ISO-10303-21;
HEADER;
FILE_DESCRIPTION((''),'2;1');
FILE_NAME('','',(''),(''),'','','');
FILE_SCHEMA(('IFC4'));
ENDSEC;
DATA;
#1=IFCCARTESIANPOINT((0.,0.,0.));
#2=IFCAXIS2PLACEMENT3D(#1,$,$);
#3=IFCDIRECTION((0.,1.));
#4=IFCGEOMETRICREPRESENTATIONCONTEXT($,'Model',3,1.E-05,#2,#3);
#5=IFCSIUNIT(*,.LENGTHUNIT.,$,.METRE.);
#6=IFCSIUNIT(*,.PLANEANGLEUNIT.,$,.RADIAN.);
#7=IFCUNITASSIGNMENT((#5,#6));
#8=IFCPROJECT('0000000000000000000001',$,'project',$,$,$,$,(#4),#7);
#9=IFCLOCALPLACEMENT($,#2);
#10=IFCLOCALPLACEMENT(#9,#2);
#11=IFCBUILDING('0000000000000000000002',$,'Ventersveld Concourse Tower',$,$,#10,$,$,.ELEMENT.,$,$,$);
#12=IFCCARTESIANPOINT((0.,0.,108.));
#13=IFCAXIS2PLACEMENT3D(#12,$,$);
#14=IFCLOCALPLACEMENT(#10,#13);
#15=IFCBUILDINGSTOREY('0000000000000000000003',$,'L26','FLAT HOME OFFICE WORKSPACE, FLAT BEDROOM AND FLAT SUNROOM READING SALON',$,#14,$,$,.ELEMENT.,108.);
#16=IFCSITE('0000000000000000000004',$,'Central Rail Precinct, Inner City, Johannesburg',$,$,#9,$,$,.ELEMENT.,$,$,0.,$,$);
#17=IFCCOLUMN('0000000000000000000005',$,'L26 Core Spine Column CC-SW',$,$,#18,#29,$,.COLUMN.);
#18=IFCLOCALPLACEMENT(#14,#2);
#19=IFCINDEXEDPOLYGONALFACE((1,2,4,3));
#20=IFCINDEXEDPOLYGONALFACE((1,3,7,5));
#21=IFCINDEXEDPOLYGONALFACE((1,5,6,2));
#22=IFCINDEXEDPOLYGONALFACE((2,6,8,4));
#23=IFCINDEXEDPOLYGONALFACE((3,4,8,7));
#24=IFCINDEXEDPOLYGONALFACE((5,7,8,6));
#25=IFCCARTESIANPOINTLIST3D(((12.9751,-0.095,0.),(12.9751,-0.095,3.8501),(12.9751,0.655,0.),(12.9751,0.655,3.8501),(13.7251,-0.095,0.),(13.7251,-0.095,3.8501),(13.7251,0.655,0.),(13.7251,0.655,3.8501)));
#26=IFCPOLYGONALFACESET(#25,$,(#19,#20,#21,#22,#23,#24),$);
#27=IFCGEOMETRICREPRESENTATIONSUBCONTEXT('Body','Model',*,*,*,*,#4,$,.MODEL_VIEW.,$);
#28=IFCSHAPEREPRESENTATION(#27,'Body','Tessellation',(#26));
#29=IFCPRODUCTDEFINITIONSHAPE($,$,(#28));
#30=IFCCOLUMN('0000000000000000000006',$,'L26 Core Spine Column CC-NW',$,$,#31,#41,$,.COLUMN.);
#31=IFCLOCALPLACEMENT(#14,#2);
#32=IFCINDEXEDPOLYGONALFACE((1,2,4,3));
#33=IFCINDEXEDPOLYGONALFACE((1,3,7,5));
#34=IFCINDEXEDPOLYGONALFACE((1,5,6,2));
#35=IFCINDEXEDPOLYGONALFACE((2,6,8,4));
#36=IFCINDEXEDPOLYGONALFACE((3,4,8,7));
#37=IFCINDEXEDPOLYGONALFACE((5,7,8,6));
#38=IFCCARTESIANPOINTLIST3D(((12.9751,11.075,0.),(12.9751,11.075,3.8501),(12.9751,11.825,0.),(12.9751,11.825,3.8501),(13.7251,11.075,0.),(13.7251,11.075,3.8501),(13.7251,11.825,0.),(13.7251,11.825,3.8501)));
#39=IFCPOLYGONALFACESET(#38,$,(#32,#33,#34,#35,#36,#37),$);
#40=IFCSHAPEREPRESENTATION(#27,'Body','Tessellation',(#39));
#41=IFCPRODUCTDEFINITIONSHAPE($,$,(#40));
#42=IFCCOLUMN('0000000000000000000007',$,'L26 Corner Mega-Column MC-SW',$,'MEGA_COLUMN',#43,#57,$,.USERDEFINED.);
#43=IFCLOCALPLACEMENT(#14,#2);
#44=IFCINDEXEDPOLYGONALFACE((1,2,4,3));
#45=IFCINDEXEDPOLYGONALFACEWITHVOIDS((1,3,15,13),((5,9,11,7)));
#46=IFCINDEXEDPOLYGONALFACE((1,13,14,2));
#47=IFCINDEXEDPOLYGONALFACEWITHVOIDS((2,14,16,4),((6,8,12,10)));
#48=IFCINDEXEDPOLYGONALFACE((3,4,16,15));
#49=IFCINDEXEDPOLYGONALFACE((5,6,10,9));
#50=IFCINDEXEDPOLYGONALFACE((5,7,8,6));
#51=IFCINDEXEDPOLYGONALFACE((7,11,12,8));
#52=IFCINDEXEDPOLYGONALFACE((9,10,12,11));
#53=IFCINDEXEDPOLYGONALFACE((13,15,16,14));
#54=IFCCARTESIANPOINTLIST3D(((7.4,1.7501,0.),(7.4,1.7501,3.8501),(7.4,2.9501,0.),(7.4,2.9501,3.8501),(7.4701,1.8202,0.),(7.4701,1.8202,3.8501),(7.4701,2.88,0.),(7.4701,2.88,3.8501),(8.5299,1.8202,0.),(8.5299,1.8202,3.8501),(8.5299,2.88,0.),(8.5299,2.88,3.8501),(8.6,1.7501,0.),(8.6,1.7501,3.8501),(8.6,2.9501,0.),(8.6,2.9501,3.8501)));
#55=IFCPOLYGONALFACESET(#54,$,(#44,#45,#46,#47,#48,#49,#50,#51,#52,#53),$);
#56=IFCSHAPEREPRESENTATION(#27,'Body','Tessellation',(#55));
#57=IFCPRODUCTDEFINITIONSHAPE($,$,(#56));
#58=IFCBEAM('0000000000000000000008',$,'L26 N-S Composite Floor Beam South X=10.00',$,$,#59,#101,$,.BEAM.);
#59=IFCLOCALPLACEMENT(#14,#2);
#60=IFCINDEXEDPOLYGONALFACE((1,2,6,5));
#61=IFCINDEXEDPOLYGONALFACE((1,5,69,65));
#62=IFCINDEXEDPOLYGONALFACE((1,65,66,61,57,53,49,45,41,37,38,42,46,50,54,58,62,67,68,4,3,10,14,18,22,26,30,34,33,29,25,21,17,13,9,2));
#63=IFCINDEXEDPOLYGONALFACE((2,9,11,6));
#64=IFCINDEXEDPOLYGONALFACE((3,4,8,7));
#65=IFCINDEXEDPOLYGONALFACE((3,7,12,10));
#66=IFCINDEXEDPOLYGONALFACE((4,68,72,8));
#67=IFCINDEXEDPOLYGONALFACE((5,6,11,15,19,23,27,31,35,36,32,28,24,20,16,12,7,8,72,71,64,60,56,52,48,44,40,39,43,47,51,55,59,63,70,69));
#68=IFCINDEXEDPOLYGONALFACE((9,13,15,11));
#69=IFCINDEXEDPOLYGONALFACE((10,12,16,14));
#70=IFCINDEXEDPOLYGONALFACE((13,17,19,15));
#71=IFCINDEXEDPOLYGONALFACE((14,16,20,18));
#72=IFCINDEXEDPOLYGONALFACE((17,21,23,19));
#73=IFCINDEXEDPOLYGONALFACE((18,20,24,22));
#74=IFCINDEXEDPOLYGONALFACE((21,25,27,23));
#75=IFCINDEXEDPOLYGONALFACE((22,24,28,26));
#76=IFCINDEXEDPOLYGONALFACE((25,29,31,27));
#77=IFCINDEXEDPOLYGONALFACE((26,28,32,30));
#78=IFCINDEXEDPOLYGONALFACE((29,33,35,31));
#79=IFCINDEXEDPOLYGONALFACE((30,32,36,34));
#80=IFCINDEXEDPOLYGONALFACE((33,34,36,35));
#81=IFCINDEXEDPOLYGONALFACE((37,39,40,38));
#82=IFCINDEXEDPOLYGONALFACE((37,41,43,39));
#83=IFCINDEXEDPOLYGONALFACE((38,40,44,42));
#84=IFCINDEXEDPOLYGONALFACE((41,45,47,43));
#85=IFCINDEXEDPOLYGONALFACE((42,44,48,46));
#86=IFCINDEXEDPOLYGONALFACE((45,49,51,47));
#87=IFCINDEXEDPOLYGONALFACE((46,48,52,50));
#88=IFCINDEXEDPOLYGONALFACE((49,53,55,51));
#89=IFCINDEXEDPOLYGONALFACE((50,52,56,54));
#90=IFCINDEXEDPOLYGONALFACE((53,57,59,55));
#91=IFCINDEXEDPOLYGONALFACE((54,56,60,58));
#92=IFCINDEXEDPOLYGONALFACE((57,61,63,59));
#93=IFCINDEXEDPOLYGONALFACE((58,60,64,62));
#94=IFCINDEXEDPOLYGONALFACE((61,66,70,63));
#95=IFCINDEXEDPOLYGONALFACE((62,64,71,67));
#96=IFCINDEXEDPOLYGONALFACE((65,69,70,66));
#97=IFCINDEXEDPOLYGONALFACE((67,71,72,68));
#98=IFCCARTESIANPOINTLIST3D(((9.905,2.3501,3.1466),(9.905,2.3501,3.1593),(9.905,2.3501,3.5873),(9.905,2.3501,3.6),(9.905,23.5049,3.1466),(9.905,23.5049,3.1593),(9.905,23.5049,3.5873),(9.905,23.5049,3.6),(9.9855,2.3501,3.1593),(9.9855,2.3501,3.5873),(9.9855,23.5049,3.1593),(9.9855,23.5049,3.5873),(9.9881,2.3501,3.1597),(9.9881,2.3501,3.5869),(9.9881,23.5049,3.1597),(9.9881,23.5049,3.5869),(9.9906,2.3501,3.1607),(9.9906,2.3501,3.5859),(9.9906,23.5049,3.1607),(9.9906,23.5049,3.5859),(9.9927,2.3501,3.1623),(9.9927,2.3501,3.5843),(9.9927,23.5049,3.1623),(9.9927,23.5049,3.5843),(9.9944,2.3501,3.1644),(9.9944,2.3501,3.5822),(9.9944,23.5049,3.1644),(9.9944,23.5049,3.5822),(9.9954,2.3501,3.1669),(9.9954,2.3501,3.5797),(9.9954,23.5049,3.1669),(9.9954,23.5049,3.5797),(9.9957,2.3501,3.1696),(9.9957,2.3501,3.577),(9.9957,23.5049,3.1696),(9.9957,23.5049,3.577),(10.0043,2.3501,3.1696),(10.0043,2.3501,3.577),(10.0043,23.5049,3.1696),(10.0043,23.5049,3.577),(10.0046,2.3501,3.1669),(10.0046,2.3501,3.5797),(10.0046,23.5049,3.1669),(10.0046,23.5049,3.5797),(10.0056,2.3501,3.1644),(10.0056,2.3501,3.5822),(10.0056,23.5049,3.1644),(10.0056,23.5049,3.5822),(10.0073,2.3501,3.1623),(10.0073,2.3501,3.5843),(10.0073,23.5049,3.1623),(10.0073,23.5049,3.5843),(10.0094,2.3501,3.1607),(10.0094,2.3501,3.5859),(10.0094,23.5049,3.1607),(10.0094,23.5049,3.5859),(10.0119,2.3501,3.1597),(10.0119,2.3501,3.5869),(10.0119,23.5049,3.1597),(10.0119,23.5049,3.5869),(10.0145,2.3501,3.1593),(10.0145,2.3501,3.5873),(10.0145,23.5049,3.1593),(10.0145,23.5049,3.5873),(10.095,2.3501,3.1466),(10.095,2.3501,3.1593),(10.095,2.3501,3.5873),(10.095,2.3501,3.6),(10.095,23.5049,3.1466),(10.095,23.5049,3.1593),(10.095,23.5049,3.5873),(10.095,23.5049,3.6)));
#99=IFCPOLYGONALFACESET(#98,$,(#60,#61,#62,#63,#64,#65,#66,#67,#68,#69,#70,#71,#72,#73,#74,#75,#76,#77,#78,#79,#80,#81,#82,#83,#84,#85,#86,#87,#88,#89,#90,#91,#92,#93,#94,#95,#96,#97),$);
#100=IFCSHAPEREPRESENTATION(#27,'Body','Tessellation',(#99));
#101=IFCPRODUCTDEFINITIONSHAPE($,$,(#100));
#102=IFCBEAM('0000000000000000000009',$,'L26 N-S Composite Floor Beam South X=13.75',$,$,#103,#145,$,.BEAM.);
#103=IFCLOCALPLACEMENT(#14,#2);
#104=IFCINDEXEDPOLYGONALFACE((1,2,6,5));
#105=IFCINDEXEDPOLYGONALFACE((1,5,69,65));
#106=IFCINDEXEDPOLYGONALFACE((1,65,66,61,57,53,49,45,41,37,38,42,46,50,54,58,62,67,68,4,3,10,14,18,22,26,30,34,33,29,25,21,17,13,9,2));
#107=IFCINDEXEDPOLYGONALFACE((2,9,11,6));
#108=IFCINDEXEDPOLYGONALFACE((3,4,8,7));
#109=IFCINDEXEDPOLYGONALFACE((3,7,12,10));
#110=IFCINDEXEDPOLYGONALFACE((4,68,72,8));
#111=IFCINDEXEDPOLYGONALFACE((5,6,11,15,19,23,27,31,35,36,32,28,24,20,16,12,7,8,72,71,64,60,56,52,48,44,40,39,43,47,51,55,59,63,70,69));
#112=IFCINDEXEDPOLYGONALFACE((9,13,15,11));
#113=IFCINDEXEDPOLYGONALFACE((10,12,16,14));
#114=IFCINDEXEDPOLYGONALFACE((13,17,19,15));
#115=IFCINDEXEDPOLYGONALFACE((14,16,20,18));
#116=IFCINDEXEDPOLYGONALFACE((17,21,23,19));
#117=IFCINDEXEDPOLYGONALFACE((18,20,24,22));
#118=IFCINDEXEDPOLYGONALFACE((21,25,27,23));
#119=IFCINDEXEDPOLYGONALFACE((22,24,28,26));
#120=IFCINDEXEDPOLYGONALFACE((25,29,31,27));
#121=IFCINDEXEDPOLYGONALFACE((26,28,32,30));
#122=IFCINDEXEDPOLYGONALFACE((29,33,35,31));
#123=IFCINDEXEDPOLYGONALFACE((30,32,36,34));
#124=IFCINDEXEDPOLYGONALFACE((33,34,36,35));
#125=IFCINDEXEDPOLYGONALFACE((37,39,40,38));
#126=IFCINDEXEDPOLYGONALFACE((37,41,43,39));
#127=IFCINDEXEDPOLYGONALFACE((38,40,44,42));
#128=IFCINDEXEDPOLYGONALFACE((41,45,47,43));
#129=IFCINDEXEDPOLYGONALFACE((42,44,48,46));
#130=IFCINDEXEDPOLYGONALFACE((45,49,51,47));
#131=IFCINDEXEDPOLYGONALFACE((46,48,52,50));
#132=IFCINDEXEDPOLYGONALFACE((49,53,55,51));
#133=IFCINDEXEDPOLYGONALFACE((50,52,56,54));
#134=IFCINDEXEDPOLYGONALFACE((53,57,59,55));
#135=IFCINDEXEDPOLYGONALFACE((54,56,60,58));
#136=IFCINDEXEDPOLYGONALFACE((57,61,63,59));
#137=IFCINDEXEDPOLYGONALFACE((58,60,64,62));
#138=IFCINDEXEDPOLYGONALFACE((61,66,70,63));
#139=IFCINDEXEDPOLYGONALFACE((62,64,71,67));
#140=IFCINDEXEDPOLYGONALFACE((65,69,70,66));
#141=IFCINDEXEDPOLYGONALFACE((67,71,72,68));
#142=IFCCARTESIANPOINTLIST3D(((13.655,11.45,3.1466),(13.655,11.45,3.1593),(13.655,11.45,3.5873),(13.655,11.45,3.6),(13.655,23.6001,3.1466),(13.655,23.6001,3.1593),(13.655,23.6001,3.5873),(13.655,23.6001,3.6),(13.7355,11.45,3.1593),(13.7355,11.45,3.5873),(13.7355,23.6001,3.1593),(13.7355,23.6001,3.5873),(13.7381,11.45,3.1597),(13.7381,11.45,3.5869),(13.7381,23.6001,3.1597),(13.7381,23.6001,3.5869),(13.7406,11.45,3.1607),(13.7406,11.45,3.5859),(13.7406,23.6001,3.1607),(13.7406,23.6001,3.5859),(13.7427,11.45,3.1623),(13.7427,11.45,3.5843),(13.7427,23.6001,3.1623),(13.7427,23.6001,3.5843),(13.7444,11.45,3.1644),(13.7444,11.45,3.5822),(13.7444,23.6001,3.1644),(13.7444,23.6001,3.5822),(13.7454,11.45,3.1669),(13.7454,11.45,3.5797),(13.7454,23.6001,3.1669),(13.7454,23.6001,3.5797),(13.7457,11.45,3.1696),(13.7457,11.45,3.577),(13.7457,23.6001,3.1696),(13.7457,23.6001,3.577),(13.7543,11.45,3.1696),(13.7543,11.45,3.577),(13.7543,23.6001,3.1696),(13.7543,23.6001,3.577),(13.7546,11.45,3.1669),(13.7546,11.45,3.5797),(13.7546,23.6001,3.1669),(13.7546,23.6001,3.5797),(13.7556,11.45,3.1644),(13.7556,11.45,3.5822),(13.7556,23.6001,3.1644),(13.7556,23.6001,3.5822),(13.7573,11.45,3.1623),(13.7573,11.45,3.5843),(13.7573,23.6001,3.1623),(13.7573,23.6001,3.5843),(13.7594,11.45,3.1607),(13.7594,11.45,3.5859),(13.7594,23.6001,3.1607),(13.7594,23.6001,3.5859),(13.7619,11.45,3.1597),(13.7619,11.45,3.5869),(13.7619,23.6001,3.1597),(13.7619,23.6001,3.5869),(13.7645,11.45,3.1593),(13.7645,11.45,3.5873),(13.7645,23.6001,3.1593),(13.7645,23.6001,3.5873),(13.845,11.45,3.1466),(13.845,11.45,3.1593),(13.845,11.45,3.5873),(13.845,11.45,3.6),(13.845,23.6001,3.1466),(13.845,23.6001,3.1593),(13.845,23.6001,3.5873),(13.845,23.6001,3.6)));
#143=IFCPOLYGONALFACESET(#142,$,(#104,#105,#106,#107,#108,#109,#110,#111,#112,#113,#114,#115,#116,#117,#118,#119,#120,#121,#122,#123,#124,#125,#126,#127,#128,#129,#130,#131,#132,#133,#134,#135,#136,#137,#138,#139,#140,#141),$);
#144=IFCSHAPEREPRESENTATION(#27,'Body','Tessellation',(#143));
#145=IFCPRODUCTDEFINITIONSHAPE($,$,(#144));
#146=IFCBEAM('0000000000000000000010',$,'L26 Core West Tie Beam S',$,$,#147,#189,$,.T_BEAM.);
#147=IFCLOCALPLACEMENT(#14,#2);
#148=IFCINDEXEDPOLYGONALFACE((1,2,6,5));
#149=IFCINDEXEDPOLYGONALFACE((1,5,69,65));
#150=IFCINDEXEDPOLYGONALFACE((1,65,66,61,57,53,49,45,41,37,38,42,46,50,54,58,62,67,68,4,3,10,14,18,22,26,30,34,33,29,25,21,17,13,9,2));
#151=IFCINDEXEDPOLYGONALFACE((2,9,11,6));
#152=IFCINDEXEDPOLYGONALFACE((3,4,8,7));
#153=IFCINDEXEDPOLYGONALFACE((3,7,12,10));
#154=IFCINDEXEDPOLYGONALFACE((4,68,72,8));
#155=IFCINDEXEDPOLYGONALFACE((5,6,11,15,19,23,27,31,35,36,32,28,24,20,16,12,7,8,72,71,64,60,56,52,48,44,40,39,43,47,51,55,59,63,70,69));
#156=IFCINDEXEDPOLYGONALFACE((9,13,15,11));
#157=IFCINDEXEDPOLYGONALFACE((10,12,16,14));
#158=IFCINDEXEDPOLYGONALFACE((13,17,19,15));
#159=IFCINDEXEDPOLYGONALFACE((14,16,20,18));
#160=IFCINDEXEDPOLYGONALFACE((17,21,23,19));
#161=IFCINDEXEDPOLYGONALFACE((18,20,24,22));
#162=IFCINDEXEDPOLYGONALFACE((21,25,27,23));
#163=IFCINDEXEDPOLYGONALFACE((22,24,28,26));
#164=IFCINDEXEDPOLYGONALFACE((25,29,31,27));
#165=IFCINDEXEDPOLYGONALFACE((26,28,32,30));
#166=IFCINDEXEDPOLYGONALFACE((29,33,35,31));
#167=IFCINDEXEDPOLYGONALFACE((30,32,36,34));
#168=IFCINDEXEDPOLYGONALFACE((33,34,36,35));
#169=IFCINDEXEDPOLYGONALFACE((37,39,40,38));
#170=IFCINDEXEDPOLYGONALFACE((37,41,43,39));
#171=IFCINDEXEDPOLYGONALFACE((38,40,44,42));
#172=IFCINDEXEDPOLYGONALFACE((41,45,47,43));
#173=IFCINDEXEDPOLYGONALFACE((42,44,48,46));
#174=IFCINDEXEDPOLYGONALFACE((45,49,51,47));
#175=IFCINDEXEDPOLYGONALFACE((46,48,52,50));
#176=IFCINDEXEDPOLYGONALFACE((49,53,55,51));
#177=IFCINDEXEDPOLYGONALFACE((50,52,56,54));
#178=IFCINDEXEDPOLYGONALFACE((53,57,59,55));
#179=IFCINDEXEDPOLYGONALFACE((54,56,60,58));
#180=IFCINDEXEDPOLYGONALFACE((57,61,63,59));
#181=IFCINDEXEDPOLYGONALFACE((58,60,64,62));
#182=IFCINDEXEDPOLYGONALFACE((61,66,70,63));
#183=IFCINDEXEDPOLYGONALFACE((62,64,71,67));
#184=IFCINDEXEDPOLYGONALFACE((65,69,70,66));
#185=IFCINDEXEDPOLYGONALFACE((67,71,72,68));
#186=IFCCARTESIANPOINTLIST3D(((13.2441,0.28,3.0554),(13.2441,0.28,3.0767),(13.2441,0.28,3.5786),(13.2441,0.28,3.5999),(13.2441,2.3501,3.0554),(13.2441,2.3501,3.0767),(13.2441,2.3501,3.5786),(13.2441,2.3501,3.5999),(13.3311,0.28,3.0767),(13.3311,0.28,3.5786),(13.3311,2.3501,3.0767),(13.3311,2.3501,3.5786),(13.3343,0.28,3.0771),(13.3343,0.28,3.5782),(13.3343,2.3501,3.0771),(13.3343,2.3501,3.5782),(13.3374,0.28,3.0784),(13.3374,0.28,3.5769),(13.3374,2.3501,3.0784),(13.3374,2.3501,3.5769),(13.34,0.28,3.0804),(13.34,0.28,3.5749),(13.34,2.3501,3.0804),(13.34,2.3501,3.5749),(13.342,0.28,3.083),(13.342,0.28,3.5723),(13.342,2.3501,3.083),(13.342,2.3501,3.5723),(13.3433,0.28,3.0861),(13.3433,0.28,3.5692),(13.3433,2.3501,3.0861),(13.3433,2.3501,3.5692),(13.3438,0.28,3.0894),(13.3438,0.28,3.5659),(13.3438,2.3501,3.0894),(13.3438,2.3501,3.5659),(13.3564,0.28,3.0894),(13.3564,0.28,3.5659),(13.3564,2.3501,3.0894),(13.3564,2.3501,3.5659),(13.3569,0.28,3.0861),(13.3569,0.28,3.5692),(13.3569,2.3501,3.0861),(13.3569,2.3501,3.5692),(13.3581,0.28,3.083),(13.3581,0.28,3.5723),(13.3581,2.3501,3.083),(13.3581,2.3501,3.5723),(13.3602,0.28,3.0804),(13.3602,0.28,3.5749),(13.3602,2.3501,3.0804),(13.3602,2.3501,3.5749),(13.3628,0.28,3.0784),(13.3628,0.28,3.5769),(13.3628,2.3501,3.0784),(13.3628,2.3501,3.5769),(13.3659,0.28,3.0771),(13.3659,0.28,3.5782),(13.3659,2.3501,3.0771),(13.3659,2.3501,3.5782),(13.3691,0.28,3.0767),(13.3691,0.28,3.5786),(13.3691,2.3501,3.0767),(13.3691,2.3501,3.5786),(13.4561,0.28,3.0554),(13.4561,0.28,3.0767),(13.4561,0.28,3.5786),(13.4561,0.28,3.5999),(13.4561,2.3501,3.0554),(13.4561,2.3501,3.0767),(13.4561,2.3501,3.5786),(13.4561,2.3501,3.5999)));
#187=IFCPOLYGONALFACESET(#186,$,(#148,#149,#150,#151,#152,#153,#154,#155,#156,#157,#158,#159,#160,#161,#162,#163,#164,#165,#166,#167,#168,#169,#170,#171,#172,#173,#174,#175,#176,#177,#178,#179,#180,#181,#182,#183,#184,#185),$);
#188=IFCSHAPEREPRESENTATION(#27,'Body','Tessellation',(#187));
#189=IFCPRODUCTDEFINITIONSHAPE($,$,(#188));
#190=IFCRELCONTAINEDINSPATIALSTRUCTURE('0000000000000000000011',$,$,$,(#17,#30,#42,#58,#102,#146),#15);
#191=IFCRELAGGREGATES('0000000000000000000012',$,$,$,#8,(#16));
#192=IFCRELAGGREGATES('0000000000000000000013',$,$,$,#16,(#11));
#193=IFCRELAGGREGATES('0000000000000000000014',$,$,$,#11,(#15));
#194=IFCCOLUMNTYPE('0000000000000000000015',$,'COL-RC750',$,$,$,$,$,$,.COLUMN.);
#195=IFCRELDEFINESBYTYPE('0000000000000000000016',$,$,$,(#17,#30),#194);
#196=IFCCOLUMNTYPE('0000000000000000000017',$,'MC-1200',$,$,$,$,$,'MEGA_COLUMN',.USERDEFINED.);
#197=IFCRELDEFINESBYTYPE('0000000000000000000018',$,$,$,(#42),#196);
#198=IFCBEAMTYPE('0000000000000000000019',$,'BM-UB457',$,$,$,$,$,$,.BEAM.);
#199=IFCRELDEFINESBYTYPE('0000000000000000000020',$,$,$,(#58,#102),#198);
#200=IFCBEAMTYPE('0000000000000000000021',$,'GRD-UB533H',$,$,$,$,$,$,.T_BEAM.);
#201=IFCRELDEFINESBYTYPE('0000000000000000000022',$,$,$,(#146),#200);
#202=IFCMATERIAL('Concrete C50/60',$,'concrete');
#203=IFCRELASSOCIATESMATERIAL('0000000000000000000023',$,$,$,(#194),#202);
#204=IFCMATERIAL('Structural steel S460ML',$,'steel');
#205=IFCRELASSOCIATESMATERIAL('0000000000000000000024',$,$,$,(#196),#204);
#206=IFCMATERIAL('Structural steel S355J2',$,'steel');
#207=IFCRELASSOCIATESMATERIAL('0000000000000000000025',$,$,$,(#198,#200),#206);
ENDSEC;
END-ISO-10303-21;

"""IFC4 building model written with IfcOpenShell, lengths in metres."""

from ifc_helpers import new_model, si_unit, direction, frame, origin, origin_2d, place, context, subcontext, project, spatial, rectangle, hollow_rectangle, i_section, extrude, material, material_profile, profile_set, type_object, element, save


model = new_model("IFC4")

# Units and contexts
model_context = context("Model", 3, precision=1e-05, world=origin(), true_north=direction((0.0, 1.0)))
body_context = subcontext(model_context, "Body", "Model", "MODEL_VIEW")
ifc_project = project(units=[si_unit("LENGTHUNIT", "METRE"), si_unit("PLANEANGLEUNIT", "RADIAN")], contexts=[model_context])

# Site, building, storey
site_placement = place(None, origin())
site = spatial("IfcSite", under=ifc_project, at=site_placement, Name="Central Rail Precinct, Inner City, Johannesburg", CompositionType="ELEMENT", RefElevation=0.0)
building_placement = place(site_placement, origin())
building = spatial("IfcBuilding", under=site, at=building_placement, Name="Ventersveld Concourse Tower", CompositionType="ELEMENT")
storey_placement = place(building_placement, frame((0.0, 0.0, 108.0)))
storey = spatial("IfcBuildingStorey", under=building, at=storey_placement, Name="L26", Description="FLAT HOME OFFICE WORKSPACE, FLAT BEDROOM AND FLAT SUNROOM READING SALON", CompositionType="ELEMENT", Elevation=108.0)

# Columns
ifc_material_1 = material(Name="Concrete C50/60", Category="concrete")
ifc_material_profile_1 = material_profile(ifc_material_1, rectangle(XDim=0.75, YDim=0.75, at=origin_2d()), Name="RC 750x750")
ifc_profile_set_1 = profile_set([ifc_material_profile_1], Name="Concrete C50/60")
column_type_1 = type_object("IfcColumnType", Name="COL-RC750", PredefinedType="COLUMN", material=ifc_profile_set_1)
for number, where, z_axis, x_axis, name in (
    (1, (13.3501, 0.28, 0.0), (0.0, 0.0, 1.0), (1.0, 0.0, 0.0), "L26 Core Spine Column CC-SW"),
    (2, (13.3501, 11.45, 0.0), (0.0, 0.0, 1.0), (1.0, 0.0, 0.0), "L26 Core Spine Column CC-NW"),
):
    element("IfcColumn", number, at=place(storey_placement, frame(where, z_axis=z_axis, x_axis=x_axis)), inside=storey, type_object=column_type_1, Name=name, PredefinedType="COLUMN", context=body_context, shape_type="SweptSolid", body=[
        extrude(rectangle(XDim=0.75, YDim=0.75, at=origin_2d()), origin(), (0.0, 0.0, 1.0), 3.8501),
    ])
ifc_material_2 = material(Name="Structural steel S460ML", Category="steel")
ifc_material_profile_2 = material_profile(ifc_material_2, hollow_rectangle(XDim=1.2, YDim=1.2, WallThickness=0.0701, at=origin_2d()), Name="BOX 1200x1200x70")
ifc_profile_set_2 = profile_set([ifc_material_profile_2], Name="Structural steel S460ML")
column_type_2 = type_object("IfcColumnType", Name="MC-1200", ElementType="MEGA_COLUMN", PredefinedType="USERDEFINED", material=ifc_profile_set_2)
column_placement = place(storey_placement, frame((8.0, 2.3501, 0.0), z_axis=(0.0, 0.0, 1.0), x_axis=(1.0, 0.0, 0.0)))
element("IfcColumn", 3, at=column_placement, inside=storey, type_object=column_type_2, Name="L26 Corner Mega-Column MC-SW", ObjectType="MEGA_COLUMN", PredefinedType="USERDEFINED", context=body_context, shape_type="SweptSolid", body=[
    extrude(hollow_rectangle(XDim=1.2, YDim=1.2, WallThickness=0.0701, at=origin_2d()), origin(), (0.0, 0.0, 1.0), 3.8501),
])

# Beams
ifc_material_3 = material(Name="Structural steel S355J2", Category="steel")
ifc_material_profile_3 = material_profile(ifc_material_3, i_section(OverallWidth=0.1899, OverallDepth=0.4534, WebThickness=0.0085, FlangeThickness=0.0127, FilletRadius=0.0103, at=origin_2d()), Name="UB 457x191x67")
ifc_profile_set_3 = profile_set([ifc_material_profile_3], Name="Structural steel S355J2")
beam_type_1 = type_object("IfcBeamType", Name="BM-UB457", PredefinedType="BEAM", material=ifc_profile_set_3)
beam_1_placement = place(storey_placement, frame((10.0, 2.3501, 3.3733), z_axis=(0.0, 1.0, 0.0), x_axis=(-1.0, 0.0, 0.0)))
element("IfcBeam", 4, at=beam_1_placement, inside=storey, type_object=beam_type_1, Name="L26 N-S Composite Floor Beam South X=10.00", PredefinedType="BEAM", context=body_context, shape_type="SweptSolid", body=[
    extrude(i_section(OverallWidth=0.1899, OverallDepth=0.4534, WebThickness=0.0085, FlangeThickness=0.0127, FilletRadius=0.0103, at=origin_2d()), origin(), (0.0, 0.0, 1.0), 21.1548),
])
beam_2_placement = place(storey_placement, frame((13.75, 11.45, 3.3733), z_axis=(0.0, 1.0, 0.0), x_axis=(-1.0, 0.0, 0.0)))
element("IfcBeam", 5, at=beam_2_placement, inside=storey, type_object=beam_type_1, Name="L26 N-S Composite Floor Beam South X=13.75", PredefinedType="BEAM", context=body_context, shape_type="SweptSolid", body=[
    extrude(i_section(OverallWidth=0.1899, OverallDepth=0.4534, WebThickness=0.0085, FlangeThickness=0.0127, FilletRadius=0.0103, at=origin_2d()), origin(), (0.0, 0.0, 1.0), 12.1501),
])
ifc_material_profile_4 = material_profile(ifc_material_3, i_section(OverallWidth=0.2119, OverallDepth=0.5444, WebThickness=0.0127, FlangeThickness=0.0212, FilletRadius=0.0127, at=origin_2d()), Name="UB 533x210x122")
ifc_profile_set_4 = profile_set([ifc_material_profile_4], Name="Structural steel S355J2")
beam_type_2 = type_object("IfcBeamType", Name="GRD-UB533H", PredefinedType="T_BEAM", material=ifc_profile_set_4)
beam_3_placement = place(storey_placement, frame((13.3501, 0.28, 3.3276), z_axis=(0.0, 1.0, 0.0), x_axis=(-1.0, 0.0, 0.0)))
element("IfcBeam", 6, at=beam_3_placement, inside=storey, type_object=beam_type_2, Name="L26 Core West Tie Beam S", PredefinedType="T_BEAM", context=body_context, shape_type="SweptSolid", body=[
    extrude(i_section(OverallWidth=0.2119, OverallDepth=0.5444, WebThickness=0.0127, FlangeThickness=0.0212, FilletRadius=0.0127, at=origin_2d()), origin(), (0.0, 0.0, 1.0), 2.0701),
])

save(model, "model.ifc")
